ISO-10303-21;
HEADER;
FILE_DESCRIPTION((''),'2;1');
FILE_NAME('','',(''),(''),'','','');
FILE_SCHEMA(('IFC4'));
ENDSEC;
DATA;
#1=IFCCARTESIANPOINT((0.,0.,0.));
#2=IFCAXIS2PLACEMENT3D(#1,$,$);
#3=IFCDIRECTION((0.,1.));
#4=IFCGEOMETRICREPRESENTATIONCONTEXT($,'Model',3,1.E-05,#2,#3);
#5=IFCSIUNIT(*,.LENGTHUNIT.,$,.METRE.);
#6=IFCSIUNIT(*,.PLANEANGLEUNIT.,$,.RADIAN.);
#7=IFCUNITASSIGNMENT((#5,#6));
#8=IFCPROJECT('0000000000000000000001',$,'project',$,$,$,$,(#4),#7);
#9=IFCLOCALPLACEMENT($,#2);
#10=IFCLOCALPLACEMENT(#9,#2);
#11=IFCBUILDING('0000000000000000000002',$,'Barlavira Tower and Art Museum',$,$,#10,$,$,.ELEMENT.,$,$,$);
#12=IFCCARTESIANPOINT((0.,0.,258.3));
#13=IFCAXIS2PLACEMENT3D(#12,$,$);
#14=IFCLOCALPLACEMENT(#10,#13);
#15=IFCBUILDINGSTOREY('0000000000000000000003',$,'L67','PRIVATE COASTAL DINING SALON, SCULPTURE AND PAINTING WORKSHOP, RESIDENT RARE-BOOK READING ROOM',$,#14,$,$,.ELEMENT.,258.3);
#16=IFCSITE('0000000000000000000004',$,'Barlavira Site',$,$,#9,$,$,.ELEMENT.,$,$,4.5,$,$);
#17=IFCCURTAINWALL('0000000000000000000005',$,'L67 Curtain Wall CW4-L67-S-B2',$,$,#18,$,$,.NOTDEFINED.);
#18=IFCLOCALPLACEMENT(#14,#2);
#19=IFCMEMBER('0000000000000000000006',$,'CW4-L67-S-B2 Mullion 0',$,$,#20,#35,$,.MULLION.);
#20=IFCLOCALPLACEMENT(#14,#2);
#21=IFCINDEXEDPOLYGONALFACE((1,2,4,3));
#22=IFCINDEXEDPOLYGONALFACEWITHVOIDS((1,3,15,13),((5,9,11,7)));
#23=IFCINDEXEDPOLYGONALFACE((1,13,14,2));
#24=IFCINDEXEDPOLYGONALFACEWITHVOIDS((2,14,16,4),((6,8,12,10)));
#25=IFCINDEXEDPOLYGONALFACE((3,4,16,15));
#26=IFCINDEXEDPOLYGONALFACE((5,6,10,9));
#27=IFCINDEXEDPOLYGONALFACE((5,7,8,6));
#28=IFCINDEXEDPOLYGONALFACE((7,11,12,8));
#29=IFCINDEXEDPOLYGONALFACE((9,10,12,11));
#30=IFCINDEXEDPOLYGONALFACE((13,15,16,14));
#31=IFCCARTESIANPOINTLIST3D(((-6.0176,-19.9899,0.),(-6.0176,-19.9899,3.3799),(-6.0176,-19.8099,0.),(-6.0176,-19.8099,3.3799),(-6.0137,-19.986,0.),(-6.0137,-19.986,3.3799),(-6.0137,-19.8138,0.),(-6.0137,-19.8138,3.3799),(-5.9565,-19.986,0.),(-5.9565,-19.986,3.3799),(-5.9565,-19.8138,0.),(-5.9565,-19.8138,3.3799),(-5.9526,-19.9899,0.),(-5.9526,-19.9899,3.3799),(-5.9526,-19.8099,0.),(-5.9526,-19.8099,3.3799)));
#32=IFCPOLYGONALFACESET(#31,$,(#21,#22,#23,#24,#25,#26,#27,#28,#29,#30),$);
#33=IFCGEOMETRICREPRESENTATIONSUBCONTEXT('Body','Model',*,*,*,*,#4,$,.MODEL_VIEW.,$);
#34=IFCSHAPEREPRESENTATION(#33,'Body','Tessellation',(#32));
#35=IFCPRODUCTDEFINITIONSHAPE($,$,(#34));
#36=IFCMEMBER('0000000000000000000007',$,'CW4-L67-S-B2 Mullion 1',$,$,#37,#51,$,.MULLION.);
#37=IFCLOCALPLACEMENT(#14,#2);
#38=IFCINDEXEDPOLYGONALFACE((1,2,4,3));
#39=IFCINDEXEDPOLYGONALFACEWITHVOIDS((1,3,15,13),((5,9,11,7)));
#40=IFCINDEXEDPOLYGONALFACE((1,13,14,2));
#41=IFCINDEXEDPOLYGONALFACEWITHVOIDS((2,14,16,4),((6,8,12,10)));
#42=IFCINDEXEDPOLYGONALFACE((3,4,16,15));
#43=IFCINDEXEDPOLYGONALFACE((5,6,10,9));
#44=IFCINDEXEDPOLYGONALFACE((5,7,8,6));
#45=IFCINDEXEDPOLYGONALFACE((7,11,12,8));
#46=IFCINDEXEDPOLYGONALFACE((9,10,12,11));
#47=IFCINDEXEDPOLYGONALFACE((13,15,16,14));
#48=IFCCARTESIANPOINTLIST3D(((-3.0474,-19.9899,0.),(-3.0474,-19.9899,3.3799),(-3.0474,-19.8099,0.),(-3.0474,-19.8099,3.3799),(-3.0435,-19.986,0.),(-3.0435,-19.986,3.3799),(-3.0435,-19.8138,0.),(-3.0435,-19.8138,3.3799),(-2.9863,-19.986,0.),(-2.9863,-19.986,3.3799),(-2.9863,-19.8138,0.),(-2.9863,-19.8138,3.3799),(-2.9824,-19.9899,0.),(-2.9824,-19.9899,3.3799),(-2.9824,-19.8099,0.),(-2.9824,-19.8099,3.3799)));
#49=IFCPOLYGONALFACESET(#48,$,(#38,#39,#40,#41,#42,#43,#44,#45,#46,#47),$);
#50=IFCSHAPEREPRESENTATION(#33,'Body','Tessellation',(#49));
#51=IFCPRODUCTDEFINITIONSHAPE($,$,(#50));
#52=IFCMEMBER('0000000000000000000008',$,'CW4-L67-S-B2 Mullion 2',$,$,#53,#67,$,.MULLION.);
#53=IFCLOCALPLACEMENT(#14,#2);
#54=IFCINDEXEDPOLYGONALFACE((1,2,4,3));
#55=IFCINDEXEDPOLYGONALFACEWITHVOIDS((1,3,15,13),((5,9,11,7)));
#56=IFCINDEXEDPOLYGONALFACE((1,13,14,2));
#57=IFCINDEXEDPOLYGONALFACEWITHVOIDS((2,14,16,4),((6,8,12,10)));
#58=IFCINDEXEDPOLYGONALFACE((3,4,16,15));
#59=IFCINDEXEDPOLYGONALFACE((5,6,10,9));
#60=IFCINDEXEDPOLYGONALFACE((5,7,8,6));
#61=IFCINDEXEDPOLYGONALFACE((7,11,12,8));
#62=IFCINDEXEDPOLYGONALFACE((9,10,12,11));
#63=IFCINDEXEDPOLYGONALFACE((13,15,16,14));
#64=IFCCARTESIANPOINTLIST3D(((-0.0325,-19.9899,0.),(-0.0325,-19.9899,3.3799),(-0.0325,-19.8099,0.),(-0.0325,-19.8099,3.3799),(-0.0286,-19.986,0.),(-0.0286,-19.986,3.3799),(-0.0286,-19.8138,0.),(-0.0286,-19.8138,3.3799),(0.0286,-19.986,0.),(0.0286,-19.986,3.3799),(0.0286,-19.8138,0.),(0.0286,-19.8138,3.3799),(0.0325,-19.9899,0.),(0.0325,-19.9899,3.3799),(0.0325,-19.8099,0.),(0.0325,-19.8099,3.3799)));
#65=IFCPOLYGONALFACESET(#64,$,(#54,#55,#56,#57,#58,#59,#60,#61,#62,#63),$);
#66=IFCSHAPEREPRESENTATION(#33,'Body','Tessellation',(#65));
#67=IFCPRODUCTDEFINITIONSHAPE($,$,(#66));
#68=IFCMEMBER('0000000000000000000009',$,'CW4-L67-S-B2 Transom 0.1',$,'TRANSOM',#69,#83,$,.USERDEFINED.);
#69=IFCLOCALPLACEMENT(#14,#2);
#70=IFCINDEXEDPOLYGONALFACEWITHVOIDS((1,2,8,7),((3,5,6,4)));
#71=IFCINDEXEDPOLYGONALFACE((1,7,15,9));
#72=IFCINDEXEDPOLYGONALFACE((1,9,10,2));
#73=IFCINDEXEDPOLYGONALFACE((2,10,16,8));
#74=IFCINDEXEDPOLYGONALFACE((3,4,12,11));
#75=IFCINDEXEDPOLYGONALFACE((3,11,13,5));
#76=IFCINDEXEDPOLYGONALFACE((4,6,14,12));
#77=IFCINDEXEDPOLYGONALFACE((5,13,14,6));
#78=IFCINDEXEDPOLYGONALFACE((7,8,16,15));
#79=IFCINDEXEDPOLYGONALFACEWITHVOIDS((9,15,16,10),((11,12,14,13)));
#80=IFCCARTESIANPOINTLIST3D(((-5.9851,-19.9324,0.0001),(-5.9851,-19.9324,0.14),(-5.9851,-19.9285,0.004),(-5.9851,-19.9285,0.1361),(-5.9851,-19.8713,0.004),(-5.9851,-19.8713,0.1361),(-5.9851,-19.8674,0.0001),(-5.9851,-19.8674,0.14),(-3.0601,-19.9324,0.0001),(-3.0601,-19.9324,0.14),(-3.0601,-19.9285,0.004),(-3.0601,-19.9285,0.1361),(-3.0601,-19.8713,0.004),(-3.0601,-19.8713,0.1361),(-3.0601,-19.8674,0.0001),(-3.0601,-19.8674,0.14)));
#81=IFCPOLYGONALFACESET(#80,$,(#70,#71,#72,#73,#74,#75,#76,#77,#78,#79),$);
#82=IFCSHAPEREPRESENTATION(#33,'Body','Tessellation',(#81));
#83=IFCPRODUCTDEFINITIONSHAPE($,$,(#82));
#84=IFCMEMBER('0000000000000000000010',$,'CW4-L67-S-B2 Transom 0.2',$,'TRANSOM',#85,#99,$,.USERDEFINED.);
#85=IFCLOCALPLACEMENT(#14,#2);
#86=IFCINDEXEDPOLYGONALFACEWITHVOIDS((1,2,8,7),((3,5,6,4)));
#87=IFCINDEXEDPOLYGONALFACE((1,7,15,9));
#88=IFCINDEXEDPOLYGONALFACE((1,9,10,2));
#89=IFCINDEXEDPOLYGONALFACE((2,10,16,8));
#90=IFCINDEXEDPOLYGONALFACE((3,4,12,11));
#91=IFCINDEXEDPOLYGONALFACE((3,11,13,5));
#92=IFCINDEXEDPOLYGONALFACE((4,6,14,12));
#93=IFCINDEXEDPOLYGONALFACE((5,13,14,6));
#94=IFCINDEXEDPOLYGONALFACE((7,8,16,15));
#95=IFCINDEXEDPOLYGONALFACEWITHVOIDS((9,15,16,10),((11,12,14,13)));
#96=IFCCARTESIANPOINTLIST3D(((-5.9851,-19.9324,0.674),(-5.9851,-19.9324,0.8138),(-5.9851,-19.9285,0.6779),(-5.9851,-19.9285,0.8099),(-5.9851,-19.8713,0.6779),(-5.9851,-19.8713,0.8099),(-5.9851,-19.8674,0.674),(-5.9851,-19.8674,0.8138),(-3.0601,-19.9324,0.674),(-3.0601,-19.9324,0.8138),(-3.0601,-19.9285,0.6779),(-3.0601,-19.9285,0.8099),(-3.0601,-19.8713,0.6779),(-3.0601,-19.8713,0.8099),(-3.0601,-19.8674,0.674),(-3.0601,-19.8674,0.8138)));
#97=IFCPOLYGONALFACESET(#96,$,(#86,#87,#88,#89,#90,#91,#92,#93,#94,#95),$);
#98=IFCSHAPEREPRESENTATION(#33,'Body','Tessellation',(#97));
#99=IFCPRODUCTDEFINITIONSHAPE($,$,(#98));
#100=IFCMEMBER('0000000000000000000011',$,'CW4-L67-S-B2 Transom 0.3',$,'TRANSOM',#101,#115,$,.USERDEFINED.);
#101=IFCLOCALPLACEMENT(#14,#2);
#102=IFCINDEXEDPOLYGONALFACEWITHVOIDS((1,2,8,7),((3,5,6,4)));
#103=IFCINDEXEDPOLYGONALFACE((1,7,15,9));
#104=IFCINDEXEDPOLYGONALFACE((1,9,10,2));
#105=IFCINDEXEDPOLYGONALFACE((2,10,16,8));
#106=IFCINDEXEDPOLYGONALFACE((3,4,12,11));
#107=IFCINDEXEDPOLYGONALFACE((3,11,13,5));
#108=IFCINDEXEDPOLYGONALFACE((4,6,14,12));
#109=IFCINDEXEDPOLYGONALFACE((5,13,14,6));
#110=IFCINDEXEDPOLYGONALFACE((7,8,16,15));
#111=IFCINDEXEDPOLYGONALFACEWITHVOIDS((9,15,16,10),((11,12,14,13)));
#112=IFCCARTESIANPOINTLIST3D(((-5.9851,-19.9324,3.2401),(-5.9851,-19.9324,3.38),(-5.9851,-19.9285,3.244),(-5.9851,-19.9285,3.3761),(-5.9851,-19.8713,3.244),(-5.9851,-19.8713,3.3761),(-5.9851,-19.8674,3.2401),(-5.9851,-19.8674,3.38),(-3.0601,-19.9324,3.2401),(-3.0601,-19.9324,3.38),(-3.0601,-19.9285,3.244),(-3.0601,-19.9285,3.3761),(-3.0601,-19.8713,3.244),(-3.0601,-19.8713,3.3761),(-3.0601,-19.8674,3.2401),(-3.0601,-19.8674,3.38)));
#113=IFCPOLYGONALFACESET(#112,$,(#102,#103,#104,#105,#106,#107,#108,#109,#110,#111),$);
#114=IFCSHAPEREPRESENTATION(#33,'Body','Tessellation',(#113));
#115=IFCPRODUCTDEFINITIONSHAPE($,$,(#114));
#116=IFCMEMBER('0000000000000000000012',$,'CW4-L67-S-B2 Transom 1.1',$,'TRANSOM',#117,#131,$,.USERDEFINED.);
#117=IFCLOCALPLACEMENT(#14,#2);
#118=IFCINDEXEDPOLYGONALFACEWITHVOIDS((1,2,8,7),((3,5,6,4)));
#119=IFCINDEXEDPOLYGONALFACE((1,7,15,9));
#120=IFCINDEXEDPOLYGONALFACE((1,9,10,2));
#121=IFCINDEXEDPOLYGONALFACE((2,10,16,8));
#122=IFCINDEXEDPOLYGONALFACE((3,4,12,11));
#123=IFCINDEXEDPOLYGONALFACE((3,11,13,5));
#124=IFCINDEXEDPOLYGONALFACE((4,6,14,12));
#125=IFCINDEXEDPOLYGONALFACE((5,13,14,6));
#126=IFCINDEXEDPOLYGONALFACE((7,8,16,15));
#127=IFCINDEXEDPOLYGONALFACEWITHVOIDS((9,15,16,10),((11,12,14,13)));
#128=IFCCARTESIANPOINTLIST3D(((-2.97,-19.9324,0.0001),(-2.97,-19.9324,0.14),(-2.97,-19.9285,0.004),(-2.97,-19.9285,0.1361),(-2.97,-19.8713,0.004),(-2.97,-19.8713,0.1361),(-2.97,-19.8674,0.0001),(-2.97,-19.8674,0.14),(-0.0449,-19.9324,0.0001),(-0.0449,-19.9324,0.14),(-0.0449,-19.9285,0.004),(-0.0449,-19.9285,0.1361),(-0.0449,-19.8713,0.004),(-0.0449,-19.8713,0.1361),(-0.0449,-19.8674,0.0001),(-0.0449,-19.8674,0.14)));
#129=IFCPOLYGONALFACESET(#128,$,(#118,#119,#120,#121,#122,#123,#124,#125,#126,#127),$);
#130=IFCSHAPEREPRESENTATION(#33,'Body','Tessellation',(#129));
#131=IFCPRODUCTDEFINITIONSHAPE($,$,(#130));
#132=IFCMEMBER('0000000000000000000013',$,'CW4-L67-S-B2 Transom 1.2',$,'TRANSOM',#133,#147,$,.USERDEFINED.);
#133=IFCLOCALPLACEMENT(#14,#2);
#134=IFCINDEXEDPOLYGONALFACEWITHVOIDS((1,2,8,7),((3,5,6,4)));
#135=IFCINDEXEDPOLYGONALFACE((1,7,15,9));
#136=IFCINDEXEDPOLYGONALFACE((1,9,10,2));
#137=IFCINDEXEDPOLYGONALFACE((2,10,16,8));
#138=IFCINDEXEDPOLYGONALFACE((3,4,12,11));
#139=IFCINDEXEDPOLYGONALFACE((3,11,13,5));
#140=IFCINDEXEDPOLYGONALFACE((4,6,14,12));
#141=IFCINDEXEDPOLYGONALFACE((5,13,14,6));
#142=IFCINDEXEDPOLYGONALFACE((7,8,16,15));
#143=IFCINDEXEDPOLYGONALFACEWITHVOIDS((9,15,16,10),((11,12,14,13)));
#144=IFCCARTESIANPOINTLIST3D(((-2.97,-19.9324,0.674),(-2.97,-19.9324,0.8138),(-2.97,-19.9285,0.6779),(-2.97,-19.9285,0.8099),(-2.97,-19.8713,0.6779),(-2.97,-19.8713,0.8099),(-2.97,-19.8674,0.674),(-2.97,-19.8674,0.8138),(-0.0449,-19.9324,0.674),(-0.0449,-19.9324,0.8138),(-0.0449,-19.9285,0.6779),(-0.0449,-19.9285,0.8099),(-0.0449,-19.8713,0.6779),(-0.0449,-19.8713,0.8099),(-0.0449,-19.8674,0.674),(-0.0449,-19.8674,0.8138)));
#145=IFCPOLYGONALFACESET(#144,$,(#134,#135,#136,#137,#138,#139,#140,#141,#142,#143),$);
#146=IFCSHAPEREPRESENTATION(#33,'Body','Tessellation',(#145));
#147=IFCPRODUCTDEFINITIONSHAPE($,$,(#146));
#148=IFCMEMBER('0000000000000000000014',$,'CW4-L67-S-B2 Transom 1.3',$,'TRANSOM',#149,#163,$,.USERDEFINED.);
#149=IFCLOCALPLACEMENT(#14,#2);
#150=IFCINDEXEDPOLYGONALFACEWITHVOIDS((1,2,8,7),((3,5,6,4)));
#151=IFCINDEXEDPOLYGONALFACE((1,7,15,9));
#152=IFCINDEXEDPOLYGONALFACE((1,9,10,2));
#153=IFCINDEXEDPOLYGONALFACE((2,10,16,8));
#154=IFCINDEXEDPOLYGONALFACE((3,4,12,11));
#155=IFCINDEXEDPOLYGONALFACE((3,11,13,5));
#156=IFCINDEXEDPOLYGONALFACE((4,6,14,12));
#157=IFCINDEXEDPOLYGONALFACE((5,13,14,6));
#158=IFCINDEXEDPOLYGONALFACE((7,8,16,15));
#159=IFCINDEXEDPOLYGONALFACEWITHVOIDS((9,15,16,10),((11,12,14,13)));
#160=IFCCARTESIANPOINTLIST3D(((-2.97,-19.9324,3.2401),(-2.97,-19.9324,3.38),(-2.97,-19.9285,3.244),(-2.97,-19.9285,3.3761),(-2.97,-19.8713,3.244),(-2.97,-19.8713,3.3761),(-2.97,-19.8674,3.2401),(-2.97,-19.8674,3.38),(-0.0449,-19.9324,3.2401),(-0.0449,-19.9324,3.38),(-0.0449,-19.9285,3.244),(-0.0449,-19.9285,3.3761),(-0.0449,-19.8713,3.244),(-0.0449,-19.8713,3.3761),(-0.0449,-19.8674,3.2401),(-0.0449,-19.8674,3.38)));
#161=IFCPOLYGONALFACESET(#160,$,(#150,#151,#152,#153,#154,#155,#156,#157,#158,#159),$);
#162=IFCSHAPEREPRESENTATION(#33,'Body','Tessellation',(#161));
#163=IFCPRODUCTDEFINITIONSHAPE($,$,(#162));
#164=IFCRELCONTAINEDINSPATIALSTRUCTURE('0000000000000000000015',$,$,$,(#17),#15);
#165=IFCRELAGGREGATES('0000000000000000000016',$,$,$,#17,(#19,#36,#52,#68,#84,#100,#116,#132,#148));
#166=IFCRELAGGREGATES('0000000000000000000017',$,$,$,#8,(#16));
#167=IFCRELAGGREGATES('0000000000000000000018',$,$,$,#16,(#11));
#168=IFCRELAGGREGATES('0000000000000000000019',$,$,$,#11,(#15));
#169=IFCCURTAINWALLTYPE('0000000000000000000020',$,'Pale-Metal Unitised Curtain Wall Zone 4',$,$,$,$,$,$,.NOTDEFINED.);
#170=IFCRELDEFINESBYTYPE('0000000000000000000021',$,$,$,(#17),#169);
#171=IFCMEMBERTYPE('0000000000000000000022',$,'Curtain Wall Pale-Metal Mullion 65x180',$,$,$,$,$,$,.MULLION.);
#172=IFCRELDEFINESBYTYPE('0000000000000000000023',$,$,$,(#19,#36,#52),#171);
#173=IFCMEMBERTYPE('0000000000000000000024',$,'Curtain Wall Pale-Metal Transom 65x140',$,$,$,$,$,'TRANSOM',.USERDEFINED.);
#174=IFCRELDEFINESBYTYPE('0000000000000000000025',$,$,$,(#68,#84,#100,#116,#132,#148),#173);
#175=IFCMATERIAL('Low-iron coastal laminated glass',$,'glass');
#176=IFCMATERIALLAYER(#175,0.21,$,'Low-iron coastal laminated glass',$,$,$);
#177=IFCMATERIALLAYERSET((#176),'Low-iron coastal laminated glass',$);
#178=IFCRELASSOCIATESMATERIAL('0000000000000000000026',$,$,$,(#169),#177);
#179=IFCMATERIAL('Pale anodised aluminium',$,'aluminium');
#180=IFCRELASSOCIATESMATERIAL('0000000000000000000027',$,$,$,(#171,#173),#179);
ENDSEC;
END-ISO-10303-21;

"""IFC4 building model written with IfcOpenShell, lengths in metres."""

from ifc_helpers import new_model, si_unit, direction, frame, origin, origin_2d, place, context, subcontext, project, spatial, hollow_rectangle, extrude, material, layer, layer_set, material_profile, profile_set, type_object, element, aggregate, save


model = new_model("IFC4")

# Units and contexts
model_context = context("Model", 3, precision=1e-05, world=origin(), true_north=direction((0.0, 1.0)))
body_context = subcontext(model_context, "Body", "Model", "MODEL_VIEW")
ifc_project = project(units=[si_unit("LENGTHUNIT", "METRE"), si_unit("PLANEANGLEUNIT", "RADIAN")], contexts=[model_context])

# Site, building, storey
site_placement = place(None, origin())
site = spatial("IfcSite", under=ifc_project, at=site_placement, Name="Barlavira Site", CompositionType="ELEMENT", RefElevation=4.5)
building_placement = place(site_placement, origin())
building = spatial("IfcBuilding", under=site, at=building_placement, Name="Barlavira Tower and Art Museum", CompositionType="ELEMENT")
storey_placement = place(building_placement, frame((0.0, 0.0, 258.3)))
storey = spatial("IfcBuildingStorey", under=building, at=storey_placement, Name="L67", Description="PRIVATE COASTAL DINING SALON, SCULPTURE AND PAINTING WORKSHOP, RESIDENT RARE-BOOK READING ROOM", CompositionType="ELEMENT", Elevation=258.3)

# Curtain wall, members
ifc_material_1 = material(Name="Low-iron coastal laminated glass", Category="glass")
ifc_layer_1 = layer(ifc_material_1, 0.21, Name="Low-iron coastal laminated glass")
ifc_layer_set_1 = layer_set([ifc_layer_1], Name="Low-iron coastal laminated glass")
curtain_wall_type = type_object("IfcCurtainWallType", Name="Pale-Metal Unitised Curtain Wall Zone 4", PredefinedType="NOTDEFINED", material=ifc_layer_set_1)
curtain_wall_placement = place(storey_placement, origin())
curtain_wall = element("IfcCurtainWall", 1, at=curtain_wall_placement, inside=storey, type_object=curtain_wall_type, Name="L67 Curtain Wall CW4-L67-S-B2", PredefinedType="NOTDEFINED")
ifc_material_2 = material(Name="Pale anodised aluminium", Category="aluminium")
ifc_material_profile_1 = material_profile(ifc_material_2, hollow_rectangle(XDim=0.0649, YDim=0.1799, WallThickness=0.0039, at=origin_2d()), Name="ALU-MULL 65x180x4")
ifc_profile_set_1 = profile_set([ifc_material_profile_1], Name="Pale anodised aluminium")
member_type_1 = type_object("IfcMemberType", Name="Curtain Wall Pale-Metal Mullion 65x180", PredefinedType="MULLION", material=ifc_profile_set_1)
member_1_placement = place(storey_placement, frame((-5.9851, -19.8999, 0.0), z_axis=(0.0, 0.0, 1.0), x_axis=(1.0, 0.0, 0.0)))
member_1 = element("IfcMember", 2, at=member_1_placement, type_object=member_type_1, Name="CW4-L67-S-B2 Mullion 0", PredefinedType="MULLION", context=body_context, shape_type="SweptSolid", body=[
    extrude(hollow_rectangle(XDim=0.0649, YDim=0.1799, WallThickness=0.0039, at=origin_2d()), origin(), (0.0, 0.0, 1.0), 3.3799),
])
member_2_placement = place(storey_placement, frame((-3.0149, -19.8999, 0.0), z_axis=(0.0, 0.0, 1.0), x_axis=(1.0, 0.0, 0.0)))
member_2 = element("IfcMember", 3, at=member_2_placement, type_object=member_type_1, Name="CW4-L67-S-B2 Mullion 1", PredefinedType="MULLION", context=body_context, shape_type="SweptSolid", body=[
    extrude(hollow_rectangle(XDim=0.0649, YDim=0.1799, WallThickness=0.0039, at=origin_2d()), origin(), (0.0, 0.0, 1.0), 3.3799),
])
member_3_placement = place(storey_placement, frame((0.0, -19.8999, 0.0), z_axis=(0.0, 0.0, 1.0), x_axis=(1.0, 0.0, 0.0)))
member_3 = element("IfcMember", 4, at=member_3_placement, type_object=member_type_1, Name="CW4-L67-S-B2 Mullion 2", PredefinedType="MULLION", context=body_context, shape_type="SweptSolid", body=[
    extrude(hollow_rectangle(XDim=0.0649, YDim=0.1799, WallThickness=0.0039, at=origin_2d()), origin(), (0.0, 0.0, 1.0), 3.3799),
])
ifc_material_profile_2 = material_profile(ifc_material_2, hollow_rectangle(XDim=0.0649, YDim=0.1399, WallThickness=0.0039, at=origin_2d()), Name="ALU-TRAN 65x140x4")
ifc_profile_set_2 = profile_set([ifc_material_profile_2], Name="Pale anodised aluminium")
member_type_2 = type_object("IfcMemberType", Name="Curtain Wall Pale-Metal Transom 65x140", ElementType="TRANSOM", PredefinedType="USERDEFINED", material=ifc_profile_set_2)
member_4_placement = place(storey_placement, frame((-5.9851, -19.8999, 0.0701), z_axis=(1.0, 0.0, 0.0), x_axis=(0.0, 1.0, 0.0)))
member_4 = element("IfcMember", 5, at=member_4_placement, type_object=member_type_2, Name="CW4-L67-S-B2 Transom 0.1", ObjectType="TRANSOM", PredefinedType="USERDEFINED", context=body_context, shape_type="SweptSolid", body=[
    extrude(hollow_rectangle(XDim=0.0649, YDim=0.1399, WallThickness=0.0039, at=origin_2d()), origin(), (0.0, 0.0, 1.0), 2.925),
])
member_5_placement = place(storey_placement, frame((-5.9851, -19.8999, 0.7439), z_axis=(1.0, 0.0, 0.0), x_axis=(0.0, 1.0, 0.0)))
member_5 = element("IfcMember", 6, at=member_5_placement, type_object=member_type_2, Name="CW4-L67-S-B2 Transom 0.2", ObjectType="TRANSOM", PredefinedType="USERDEFINED", context=body_context, shape_type="SweptSolid", body=[
    extrude(hollow_rectangle(XDim=0.0649, YDim=0.1399, WallThickness=0.0039, at=origin_2d()), origin(), (0.0, 0.0, 1.0), 2.925),
])
member_6_placement = place(storey_placement, frame((-5.9851, -19.8999, 3.3101), z_axis=(1.0, 0.0, 0.0), x_axis=(0.0, 1.0, 0.0)))
member_6 = element("IfcMember", 7, at=member_6_placement, type_object=member_type_2, Name="CW4-L67-S-B2 Transom 0.3", ObjectType="TRANSOM", PredefinedType="USERDEFINED", context=body_context, shape_type="SweptSolid", body=[
    extrude(hollow_rectangle(XDim=0.0649, YDim=0.1399, WallThickness=0.0039, at=origin_2d()), origin(), (0.0, 0.0, 1.0), 2.925),
])
member_7_placement = place(storey_placement, frame((-2.97, -19.8999, 0.0701), z_axis=(1.0, 0.0, 0.0), x_axis=(0.0, 1.0, 0.0)))
member_7 = element("IfcMember", 8, at=member_7_placement, type_object=member_type_2, Name="CW4-L67-S-B2 Transom 1.1", ObjectType="TRANSOM", PredefinedType="USERDEFINED", context=body_context, shape_type="SweptSolid", body=[
    extrude(hollow_rectangle(XDim=0.0649, YDim=0.1399, WallThickness=0.0039, at=origin_2d()), origin(), (0.0, 0.0, 1.0), 2.925),
])
member_8_placement = place(storey_placement, frame((-2.97, -19.8999, 0.7439), z_axis=(1.0, 0.0, 0.0), x_axis=(0.0, 1.0, 0.0)))
member_8 = element("IfcMember", 9, at=member_8_placement, type_object=member_type_2, Name="CW4-L67-S-B2 Transom 1.2", ObjectType="TRANSOM", PredefinedType="USERDEFINED", context=body_context, shape_type="SweptSolid", body=[
    extrude(hollow_rectangle(XDim=0.0649, YDim=0.1399, WallThickness=0.0039, at=origin_2d()), origin(), (0.0, 0.0, 1.0), 2.925),
])
member_9_placement = place(storey_placement, frame((-2.97, -19.8999, 3.3101), z_axis=(1.0, 0.0, 0.0), x_axis=(0.0, 1.0, 0.0)))
member_9 = element("IfcMember", 10, at=member_9_placement, type_object=member_type_2, Name="CW4-L67-S-B2 Transom 1.3", ObjectType="TRANSOM", PredefinedType="USERDEFINED", context=body_context, shape_type="SweptSolid", body=[
    extrude(hollow_rectangle(XDim=0.0649, YDim=0.1399, WallThickness=0.0039, at=origin_2d()), origin(), (0.0, 0.0, 1.0), 2.925),
])

aggregate(curtain_wall, [member_1, member_2, member_3, member_4, member_5, member_6, member_7, member_8, member_9])

save(model, "model.ifc")
